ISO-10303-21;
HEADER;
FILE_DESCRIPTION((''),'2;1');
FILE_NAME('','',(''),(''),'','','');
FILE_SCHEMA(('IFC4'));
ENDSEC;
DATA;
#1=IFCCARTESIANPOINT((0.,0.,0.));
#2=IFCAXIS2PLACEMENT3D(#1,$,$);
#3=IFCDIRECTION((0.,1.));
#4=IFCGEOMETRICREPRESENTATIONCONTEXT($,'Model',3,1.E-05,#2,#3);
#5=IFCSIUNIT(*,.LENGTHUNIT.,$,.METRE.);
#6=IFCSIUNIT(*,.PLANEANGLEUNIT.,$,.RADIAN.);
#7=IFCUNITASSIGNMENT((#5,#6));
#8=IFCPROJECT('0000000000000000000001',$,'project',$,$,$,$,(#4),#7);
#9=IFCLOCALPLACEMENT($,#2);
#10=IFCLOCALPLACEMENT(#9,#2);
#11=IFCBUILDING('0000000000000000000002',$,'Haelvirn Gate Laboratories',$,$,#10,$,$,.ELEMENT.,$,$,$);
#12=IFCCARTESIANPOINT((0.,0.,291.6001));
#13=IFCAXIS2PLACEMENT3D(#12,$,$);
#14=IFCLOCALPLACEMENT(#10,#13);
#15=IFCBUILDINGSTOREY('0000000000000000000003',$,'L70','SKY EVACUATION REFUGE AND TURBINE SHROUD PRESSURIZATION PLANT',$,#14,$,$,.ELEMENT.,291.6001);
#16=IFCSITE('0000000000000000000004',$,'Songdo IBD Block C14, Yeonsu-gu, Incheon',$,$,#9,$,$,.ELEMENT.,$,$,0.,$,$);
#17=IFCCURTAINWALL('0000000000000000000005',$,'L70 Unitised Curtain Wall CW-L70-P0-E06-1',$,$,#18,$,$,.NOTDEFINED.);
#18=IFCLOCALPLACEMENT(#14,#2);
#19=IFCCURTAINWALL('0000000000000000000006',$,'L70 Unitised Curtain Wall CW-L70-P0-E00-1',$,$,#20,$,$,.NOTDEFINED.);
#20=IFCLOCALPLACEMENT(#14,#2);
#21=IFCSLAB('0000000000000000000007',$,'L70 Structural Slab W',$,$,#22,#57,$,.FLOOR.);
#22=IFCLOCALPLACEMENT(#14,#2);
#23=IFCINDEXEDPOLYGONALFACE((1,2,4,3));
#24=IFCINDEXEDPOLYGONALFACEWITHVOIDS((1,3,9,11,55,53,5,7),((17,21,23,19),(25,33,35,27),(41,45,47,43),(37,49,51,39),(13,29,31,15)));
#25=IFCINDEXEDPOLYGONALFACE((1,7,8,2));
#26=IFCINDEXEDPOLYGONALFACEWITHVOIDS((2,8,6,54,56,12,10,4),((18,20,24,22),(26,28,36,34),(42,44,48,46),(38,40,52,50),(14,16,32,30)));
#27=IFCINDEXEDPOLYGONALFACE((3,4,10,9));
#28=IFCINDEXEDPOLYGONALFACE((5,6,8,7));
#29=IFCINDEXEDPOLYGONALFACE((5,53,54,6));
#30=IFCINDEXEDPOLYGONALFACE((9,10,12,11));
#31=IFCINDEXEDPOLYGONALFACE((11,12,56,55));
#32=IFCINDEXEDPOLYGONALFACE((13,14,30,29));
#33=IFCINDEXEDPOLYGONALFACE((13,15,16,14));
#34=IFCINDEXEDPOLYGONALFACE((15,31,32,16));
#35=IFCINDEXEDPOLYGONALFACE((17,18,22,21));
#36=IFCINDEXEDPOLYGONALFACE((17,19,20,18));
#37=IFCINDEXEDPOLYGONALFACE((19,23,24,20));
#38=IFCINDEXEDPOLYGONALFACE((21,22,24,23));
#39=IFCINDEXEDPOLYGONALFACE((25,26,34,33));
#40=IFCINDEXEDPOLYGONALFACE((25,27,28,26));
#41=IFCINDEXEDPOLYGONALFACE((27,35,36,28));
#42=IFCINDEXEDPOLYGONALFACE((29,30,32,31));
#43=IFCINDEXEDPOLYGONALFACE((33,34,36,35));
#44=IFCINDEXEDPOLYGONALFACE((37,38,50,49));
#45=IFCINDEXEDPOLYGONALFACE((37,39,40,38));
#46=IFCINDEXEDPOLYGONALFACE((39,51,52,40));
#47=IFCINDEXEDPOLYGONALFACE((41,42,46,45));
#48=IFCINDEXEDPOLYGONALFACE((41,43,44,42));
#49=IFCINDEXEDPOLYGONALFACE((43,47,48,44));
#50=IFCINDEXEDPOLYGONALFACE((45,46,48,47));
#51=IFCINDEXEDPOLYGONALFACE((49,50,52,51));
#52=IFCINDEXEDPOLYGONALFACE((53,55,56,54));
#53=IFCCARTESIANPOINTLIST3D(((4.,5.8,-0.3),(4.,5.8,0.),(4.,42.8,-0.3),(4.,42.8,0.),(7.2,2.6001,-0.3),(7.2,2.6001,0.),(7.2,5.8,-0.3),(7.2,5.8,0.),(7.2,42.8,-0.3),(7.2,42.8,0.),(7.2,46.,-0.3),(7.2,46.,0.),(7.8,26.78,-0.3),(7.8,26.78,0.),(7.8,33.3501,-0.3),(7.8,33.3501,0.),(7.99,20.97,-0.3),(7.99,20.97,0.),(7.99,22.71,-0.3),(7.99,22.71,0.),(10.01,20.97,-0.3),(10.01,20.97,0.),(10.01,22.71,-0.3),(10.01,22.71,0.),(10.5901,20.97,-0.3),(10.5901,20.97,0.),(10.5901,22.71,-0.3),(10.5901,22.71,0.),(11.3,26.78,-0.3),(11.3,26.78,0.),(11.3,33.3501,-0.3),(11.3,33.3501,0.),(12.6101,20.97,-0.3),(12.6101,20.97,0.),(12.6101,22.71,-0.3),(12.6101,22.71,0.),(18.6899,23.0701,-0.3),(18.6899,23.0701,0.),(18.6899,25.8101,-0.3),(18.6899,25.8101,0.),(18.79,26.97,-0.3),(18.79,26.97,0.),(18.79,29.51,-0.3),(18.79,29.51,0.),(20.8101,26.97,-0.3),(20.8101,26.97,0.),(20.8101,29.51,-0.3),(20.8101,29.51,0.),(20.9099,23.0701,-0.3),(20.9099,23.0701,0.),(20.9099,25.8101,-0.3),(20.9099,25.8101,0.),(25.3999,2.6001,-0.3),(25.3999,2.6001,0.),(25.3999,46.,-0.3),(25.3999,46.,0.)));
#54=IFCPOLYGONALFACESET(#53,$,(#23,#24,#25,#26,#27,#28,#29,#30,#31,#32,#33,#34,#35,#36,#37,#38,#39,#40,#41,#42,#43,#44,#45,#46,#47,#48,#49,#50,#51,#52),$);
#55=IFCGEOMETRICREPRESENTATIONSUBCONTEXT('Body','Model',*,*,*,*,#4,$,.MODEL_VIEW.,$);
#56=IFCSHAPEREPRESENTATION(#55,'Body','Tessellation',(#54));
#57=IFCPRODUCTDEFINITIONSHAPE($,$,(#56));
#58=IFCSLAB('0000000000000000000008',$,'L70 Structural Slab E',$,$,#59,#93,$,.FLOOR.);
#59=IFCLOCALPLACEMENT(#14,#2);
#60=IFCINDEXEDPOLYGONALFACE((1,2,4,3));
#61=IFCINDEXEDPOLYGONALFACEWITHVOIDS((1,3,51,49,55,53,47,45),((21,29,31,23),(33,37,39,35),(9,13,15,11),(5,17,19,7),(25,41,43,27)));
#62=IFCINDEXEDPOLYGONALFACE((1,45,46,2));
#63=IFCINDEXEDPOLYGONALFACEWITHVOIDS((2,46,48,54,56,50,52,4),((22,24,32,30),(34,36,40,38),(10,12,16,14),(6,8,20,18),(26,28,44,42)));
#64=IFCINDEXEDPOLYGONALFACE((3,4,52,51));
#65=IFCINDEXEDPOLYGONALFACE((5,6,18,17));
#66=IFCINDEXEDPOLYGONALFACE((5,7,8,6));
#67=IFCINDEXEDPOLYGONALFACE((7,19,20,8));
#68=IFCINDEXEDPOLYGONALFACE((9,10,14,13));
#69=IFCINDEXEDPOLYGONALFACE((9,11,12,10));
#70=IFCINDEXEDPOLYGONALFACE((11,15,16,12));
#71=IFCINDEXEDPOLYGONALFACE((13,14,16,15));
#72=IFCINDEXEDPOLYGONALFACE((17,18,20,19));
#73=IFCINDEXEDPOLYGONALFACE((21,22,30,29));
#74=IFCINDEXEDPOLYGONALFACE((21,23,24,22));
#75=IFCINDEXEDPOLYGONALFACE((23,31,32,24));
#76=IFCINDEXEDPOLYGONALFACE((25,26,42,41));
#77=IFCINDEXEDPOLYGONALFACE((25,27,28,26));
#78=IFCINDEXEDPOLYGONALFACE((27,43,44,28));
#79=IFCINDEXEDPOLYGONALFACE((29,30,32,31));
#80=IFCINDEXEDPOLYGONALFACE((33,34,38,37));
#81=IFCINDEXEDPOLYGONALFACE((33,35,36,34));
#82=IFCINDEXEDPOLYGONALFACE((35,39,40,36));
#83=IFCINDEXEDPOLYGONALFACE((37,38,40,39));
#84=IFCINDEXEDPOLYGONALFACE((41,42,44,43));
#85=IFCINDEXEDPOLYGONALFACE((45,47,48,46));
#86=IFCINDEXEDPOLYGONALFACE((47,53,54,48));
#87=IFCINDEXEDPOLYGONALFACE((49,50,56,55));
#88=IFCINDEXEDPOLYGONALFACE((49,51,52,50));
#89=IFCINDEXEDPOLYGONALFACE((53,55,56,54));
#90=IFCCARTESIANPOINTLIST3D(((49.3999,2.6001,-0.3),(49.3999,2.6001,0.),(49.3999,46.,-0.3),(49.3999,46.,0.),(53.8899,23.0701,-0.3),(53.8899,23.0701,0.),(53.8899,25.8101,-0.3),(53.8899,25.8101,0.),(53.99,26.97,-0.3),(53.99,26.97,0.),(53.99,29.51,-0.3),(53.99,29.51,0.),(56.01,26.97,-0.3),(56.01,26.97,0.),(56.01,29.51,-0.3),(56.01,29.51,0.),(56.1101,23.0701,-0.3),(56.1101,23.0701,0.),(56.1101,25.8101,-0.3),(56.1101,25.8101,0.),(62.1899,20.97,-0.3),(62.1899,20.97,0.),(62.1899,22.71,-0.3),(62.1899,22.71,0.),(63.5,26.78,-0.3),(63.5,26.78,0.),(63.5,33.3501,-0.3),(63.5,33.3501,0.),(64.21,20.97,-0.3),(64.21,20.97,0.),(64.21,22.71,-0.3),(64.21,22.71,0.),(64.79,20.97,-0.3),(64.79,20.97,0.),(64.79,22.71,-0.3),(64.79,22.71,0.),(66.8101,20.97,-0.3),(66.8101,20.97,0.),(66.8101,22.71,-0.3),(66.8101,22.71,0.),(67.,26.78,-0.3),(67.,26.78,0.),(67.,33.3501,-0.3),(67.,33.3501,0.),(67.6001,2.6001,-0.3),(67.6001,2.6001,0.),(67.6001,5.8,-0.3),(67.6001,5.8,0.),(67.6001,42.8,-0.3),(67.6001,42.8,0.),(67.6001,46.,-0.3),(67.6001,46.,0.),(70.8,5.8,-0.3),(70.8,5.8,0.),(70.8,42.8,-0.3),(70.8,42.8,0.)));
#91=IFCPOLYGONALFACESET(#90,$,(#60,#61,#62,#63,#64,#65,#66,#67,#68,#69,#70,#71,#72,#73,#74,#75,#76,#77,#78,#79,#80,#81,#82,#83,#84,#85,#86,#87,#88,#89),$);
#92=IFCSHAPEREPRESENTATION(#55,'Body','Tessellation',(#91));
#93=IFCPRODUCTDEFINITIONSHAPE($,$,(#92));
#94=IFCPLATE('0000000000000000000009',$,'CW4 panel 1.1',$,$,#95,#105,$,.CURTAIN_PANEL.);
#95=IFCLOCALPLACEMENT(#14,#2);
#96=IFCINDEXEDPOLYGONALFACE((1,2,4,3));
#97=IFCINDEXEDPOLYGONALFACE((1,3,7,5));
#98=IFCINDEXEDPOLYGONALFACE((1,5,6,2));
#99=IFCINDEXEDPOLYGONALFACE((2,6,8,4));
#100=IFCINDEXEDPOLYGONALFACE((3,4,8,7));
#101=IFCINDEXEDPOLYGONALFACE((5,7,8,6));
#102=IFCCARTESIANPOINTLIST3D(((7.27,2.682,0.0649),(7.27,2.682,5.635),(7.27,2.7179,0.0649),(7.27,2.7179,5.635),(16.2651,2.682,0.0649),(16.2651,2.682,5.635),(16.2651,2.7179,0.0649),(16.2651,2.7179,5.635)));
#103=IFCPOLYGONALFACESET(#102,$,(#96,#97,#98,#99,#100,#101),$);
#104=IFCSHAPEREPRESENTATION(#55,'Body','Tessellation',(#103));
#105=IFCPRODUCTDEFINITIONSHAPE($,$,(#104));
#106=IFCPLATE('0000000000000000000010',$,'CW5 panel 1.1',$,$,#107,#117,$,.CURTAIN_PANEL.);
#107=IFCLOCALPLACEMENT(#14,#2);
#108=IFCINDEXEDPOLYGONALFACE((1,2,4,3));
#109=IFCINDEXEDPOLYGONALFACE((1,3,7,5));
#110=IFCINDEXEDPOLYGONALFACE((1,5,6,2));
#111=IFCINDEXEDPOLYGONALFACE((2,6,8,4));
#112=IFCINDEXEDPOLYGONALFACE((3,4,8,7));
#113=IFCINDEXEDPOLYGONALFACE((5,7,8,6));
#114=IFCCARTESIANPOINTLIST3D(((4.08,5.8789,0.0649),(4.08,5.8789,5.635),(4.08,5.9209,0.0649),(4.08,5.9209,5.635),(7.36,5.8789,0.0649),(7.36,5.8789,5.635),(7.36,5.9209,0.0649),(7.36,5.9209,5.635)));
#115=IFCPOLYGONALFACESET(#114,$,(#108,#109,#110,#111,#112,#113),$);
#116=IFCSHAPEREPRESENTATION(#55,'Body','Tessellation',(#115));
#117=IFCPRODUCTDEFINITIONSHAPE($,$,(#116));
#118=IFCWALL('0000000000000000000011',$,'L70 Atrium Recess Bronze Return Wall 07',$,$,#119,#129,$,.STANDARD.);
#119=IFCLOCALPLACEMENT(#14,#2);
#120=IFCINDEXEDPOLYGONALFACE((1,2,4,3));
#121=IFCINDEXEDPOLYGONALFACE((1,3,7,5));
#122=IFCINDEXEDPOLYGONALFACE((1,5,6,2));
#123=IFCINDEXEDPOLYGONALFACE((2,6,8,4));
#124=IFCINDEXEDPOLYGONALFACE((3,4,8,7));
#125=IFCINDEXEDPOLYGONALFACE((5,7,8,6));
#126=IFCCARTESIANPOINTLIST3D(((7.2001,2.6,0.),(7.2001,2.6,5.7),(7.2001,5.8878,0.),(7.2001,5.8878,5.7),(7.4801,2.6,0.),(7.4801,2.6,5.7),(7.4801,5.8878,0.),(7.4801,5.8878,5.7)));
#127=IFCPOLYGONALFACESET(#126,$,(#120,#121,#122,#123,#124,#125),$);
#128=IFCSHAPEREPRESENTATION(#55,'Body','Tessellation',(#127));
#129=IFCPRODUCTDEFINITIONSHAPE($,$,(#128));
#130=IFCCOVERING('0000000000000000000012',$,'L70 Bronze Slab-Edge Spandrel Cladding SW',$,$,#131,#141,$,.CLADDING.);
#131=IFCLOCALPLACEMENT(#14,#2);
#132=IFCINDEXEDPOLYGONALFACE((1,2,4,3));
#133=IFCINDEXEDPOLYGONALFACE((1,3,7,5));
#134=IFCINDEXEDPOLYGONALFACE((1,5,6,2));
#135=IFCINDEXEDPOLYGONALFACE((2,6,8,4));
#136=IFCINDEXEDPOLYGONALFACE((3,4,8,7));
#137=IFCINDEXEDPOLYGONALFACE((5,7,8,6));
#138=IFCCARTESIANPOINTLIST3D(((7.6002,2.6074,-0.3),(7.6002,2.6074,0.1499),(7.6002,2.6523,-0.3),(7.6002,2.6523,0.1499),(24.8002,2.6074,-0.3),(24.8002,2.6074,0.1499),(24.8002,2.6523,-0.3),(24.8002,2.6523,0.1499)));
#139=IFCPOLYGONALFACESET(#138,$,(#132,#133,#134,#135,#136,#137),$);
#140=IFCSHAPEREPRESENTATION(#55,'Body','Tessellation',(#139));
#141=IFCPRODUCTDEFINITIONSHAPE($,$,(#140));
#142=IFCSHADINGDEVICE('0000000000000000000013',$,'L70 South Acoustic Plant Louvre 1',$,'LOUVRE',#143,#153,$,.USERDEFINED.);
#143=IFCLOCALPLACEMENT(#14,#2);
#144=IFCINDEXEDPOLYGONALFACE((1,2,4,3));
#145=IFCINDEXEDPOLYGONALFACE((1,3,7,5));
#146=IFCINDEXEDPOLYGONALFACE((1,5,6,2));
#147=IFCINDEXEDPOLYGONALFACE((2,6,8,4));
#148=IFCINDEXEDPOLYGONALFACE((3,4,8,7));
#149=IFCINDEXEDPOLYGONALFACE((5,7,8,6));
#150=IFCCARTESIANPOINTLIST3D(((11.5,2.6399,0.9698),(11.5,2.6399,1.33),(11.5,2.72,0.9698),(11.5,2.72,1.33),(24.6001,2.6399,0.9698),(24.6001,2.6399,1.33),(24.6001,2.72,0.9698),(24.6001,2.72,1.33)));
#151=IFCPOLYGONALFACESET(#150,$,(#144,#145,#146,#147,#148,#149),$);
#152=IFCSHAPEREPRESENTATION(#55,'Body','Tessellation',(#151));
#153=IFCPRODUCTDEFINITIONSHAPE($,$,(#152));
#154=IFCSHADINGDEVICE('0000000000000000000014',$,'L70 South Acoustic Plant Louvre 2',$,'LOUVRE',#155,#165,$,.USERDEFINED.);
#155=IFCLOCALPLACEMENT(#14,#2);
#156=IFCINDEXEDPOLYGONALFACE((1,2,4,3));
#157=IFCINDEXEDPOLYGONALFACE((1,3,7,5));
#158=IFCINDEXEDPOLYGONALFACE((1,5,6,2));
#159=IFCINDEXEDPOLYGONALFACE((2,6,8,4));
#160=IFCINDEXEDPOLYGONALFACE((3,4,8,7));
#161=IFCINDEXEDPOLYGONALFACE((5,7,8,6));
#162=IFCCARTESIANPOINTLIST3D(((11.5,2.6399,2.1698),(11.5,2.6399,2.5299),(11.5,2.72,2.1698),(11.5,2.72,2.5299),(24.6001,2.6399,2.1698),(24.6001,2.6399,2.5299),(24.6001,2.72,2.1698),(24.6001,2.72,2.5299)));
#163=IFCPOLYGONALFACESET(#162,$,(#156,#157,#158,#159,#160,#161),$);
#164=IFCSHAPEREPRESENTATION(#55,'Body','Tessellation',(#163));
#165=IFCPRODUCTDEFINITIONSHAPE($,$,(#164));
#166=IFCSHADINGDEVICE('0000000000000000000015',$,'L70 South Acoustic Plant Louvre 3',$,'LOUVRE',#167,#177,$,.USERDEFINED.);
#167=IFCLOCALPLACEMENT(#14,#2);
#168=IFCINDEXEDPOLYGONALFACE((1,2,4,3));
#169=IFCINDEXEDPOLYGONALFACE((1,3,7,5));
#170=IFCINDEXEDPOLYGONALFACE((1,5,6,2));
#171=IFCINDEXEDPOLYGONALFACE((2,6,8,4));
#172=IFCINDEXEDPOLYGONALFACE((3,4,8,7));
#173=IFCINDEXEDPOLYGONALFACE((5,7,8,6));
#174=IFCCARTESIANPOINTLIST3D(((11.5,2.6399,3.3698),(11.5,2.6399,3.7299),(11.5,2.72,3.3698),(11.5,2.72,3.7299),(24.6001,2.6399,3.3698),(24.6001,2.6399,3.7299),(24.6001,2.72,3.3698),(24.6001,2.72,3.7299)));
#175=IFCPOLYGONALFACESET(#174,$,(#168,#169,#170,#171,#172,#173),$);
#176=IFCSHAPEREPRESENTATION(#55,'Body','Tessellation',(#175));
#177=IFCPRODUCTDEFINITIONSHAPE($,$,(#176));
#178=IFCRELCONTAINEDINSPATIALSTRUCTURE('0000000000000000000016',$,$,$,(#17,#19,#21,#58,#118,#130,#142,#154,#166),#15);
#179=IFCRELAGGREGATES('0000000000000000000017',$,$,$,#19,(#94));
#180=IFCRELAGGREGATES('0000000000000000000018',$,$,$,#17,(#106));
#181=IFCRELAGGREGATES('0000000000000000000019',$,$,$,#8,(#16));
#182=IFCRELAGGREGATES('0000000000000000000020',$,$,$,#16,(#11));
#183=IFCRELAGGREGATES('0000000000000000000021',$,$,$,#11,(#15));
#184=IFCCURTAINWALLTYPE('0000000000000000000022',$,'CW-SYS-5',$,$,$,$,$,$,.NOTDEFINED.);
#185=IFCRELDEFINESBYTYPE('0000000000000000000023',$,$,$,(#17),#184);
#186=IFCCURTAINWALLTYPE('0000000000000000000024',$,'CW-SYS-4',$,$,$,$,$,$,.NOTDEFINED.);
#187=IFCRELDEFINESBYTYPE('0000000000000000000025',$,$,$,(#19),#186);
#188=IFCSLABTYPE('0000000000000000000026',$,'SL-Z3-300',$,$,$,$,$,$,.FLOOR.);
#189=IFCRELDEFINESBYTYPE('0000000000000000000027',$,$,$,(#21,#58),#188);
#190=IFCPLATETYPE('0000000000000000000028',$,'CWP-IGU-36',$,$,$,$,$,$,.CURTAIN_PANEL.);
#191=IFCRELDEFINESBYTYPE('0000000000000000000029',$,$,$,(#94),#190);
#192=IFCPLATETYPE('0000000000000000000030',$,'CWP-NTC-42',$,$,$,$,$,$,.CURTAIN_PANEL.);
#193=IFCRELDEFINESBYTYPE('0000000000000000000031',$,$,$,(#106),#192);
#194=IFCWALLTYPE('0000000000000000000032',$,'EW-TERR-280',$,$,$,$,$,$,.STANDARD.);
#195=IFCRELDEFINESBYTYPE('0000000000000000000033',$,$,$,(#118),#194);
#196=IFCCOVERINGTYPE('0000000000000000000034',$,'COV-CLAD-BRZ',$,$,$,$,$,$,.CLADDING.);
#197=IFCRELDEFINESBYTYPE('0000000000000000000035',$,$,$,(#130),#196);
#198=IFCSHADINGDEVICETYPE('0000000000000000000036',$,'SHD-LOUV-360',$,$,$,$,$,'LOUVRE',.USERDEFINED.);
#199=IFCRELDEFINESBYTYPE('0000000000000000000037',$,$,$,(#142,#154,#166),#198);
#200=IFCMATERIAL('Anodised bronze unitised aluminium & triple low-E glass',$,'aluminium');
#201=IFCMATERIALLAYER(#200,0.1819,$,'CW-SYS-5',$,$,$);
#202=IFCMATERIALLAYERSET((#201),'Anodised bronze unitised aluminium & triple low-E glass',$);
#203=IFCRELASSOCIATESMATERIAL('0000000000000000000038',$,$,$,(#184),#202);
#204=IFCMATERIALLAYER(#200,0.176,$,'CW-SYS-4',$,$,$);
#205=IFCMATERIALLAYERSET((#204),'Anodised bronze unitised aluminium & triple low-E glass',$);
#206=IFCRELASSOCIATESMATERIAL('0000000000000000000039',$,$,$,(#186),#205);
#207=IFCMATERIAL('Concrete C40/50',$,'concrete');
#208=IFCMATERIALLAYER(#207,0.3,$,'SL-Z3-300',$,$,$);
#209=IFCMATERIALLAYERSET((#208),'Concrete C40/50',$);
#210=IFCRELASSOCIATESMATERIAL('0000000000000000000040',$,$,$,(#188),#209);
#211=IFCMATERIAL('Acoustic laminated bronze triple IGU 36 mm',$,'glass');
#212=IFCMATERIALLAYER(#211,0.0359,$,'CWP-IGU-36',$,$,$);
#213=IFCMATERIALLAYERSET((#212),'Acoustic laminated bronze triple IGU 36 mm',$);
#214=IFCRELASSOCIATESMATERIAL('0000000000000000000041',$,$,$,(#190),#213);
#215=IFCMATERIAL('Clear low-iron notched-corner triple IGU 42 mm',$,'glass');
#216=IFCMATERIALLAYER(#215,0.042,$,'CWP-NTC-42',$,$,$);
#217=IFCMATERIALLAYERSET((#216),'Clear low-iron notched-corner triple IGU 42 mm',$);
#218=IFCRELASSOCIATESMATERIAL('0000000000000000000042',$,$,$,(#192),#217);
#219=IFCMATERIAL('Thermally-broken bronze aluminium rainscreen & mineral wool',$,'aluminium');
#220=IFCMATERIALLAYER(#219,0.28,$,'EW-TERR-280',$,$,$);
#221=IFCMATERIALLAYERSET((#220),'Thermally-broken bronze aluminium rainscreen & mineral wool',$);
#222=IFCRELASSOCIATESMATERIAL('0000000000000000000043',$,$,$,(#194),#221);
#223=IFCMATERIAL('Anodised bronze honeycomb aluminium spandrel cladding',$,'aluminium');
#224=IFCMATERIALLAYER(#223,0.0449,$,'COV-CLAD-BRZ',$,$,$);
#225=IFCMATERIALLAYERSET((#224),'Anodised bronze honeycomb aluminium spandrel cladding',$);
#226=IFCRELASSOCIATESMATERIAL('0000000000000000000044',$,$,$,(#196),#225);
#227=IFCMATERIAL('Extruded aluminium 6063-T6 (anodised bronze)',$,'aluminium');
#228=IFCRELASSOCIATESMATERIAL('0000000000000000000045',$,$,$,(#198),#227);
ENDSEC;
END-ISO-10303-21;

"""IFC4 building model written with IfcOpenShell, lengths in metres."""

from ifc_helpers import new_model, si_unit, direction, frame, frame_2d, origin, origin_2d, place, context, subcontext, project, spatial, polyline, rectangle, outline, extrude, source, transform, mapped, material, layer, layer_set, material_profile, profile_set, type_object, type_shapes, element, aggregate, save


model = new_model("IFC4")

# Units and contexts
model_context = context("Model", 3, precision=1e-05, world=origin(), true_north=direction((0.0, 1.0)))
body_context = subcontext(model_context, "Body", "Model", "MODEL_VIEW")
ifc_project = project(units=[si_unit("LENGTHUNIT", "METRE"), si_unit("PLANEANGLEUNIT", "RADIAN")], contexts=[model_context])

# Site, building, storey
site_placement = place(None, origin())
site = spatial("IfcSite", under=ifc_project, at=site_placement, Name="Songdo IBD Block C14, Yeonsu-gu, Incheon", CompositionType="ELEMENT", RefElevation=0.0)
building_placement = place(site_placement, origin())
building = spatial("IfcBuilding", under=site, at=building_placement, Name="Haelvirn Gate Laboratories", CompositionType="ELEMENT")
storey_placement = place(building_placement, frame((0.0, 0.0, 291.6001)))
storey = spatial("IfcBuildingStorey", under=building, at=storey_placement, Name="L70", Description="SKY EVACUATION REFUGE AND TURBINE SHROUD PRESSURIZATION PLANT", CompositionType="ELEMENT", Elevation=291.6001)

# Curtain walls
ifc_material_1 = material(Name="Anodised bronze unitised aluminium & triple low-E glass", Category="aluminium")
ifc_layer_1 = layer(ifc_material_1, 0.1819, Name="CW-SYS-5")
ifc_layer_set_1 = layer_set([ifc_layer_1], Name="Anodised bronze unitised aluminium & triple low-E glass")
curtain_wall_type_1 = type_object("IfcCurtainWallType", Name="CW-SYS-5", PredefinedType="NOTDEFINED", material=ifc_layer_set_1)
curtain_wall_1_placement = place(storey_placement, origin())
curtain_wall_1 = element("IfcCurtainWall", 1, at=curtain_wall_1_placement, inside=storey, type_object=curtain_wall_type_1, Name="L70 Unitised Curtain Wall CW-L70-P0-E06-1", PredefinedType="NOTDEFINED")
ifc_material_2 = material(Name="Extruded aluminium 6063-T6 (anodised bronze)", Category="aluminium")
ifc_layer_2 = layer(ifc_material_1, 0.176, Name="CW-SYS-4")
ifc_layer_set_2 = layer_set([ifc_layer_2], Name="Anodised bronze unitised aluminium & triple low-E glass")
curtain_wall_type_2 = type_object("IfcCurtainWallType", Name="CW-SYS-4", PredefinedType="NOTDEFINED", material=ifc_layer_set_2)
curtain_wall_2_placement = place(storey_placement, origin())
curtain_wall_2 = element("IfcCurtainWall", 2, at=curtain_wall_2_placement, inside=storey, type_object=curtain_wall_type_2, Name="L70 Unitised Curtain Wall CW-L70-P0-E00-1", PredefinedType="NOTDEFINED")

# Shared definitions
ifc_material_3 = material(Name="Concrete C40/50", Category="concrete")

# Slabs
ifc_layer_3 = layer(ifc_material_3, 0.3, Name="SL-Z3-300")
ifc_layer_set_3 = layer_set([ifc_layer_3], Name="Concrete C40/50")
slab_type_1 = type_object("IfcSlabType", Name="SL-Z3-300", PredefinedType="FLOOR", material=ifc_layer_set_3)
slab_1_placement = place(storey_placement, frame((0.0, 0.0, -0.3)))
element("IfcSlab", 3, at=slab_1_placement, inside=storey, type_object=slab_type_1, Name="L70 Structural Slab W", PredefinedType="FLOOR", context=body_context, shape_type="SweptSolid", body=[
    extrude(outline(polyline([(7.2, 2.6001), (25.3999, 2.6001), (25.3999, 46.0), (7.2, 46.0), (7.2, 42.8), (4.0, 42.8), (4.0, 5.8), (7.2, 5.8), (7.2, 2.6001)]), holes=[polyline([(11.3, 26.78), (11.3, 33.3501), (7.8, 33.3501), (7.8, 26.78), (11.3, 26.78)]), polyline([(7.99, 20.97), (10.01, 20.97), (10.01, 22.71), (7.99, 22.71), (7.99, 20.97)]), polyline([(10.5901, 20.97), (12.6101, 20.97), (12.6101, 22.71), (10.5901, 22.71), (10.5901, 20.97)]), polyline([(18.79, 26.97), (20.8101, 26.97), (20.8101, 29.51), (18.79, 29.51), (18.79, 26.97)]), polyline([(18.6899, 23.0701), (20.9099, 23.0701), (20.9099, 25.8101), (18.6899, 25.8101), (18.6899, 23.0701)])]), origin(), (0.0, 0.0, 1.0), 0.3),
])
slab_2_placement = place(storey_placement, frame((0.0, 0.0, -0.3)))
element("IfcSlab", 4, at=slab_2_placement, inside=storey, type_object=slab_type_1, Name="L70 Structural Slab E", PredefinedType="FLOOR", context=body_context, shape_type="SweptSolid", body=[
    extrude(outline(polyline([(49.3999, 2.6001), (67.6001, 2.6001), (67.6001, 5.8), (70.8, 5.8), (70.8, 42.8), (67.6001, 42.8), (67.6001, 46.0), (49.3999, 46.0), (49.3999, 2.6001)]), holes=[polyline([(67.0, 26.78), (67.0, 33.3501), (63.5, 33.3501), (63.5, 26.78), (67.0, 26.78)]), polyline([(64.79, 20.97), (66.8101, 20.97), (66.8101, 22.71), (64.79, 22.71), (64.79, 20.97)]), polyline([(62.1899, 20.97), (64.21, 20.97), (64.21, 22.71), (62.1899, 22.71), (62.1899, 20.97)]), polyline([(53.99, 26.97), (56.01, 26.97), (56.01, 29.51), (53.99, 29.51), (53.99, 26.97)]), polyline([(53.8899, 23.0701), (56.1101, 23.0701), (56.1101, 25.8101), (53.8899, 25.8101), (53.8899, 23.0701)])]), origin(), (0.0, 0.0, 1.0), 0.3),
])

# Plates
ifc_material_4 = material(Name="Acoustic laminated bronze triple IGU 36 mm", Category="glass")
ifc_layer_4 = layer(ifc_material_4, 0.0359, Name="CWP-IGU-36")
ifc_layer_set_4 = layer_set([ifc_layer_4], Name="Acoustic laminated bronze triple IGU 36 mm")
plate_type_1 = type_object("IfcPlateType", Name="CWP-IGU-36", PredefinedType="CURTAIN_PANEL", material=ifc_layer_set_4)
shared_shape_1 = source(origin(), body_context, "Body", "SweptSolid", [
    extrude(rectangle(XDim=8.9951, YDim=0.0359, at=origin_2d()), origin(), (0.0, 0.0, 1.0), 5.5701),
])
type_shapes(plate_type_1, [shared_shape_1])
plate_1_placement = place(storey_placement, frame((11.7676, 2.7, 0.0649), z_axis=(0.0, 0.0, 1.0), x_axis=(1.0, 0.0, 0.0)))
plate_1 = element("IfcPlate", 5, at=plate_1_placement, type_object=plate_type_1, Name="CW4 panel 1.1", PredefinedType="CURTAIN_PANEL", context=body_context, shape_type="MappedRepresentation", body=[
    mapped(shared_shape_1, transform((0.0, 0.0, 0.0), scale=1.0)),
])
aggregate(curtain_wall_2, [plate_1])
ifc_material_5 = material(Name="Clear low-iron notched-corner triple IGU 42 mm", Category="glass")
ifc_layer_5 = layer(ifc_material_5, 0.042, Name="CWP-NTC-42")
ifc_layer_set_5 = layer_set([ifc_layer_5], Name="Clear low-iron notched-corner triple IGU 42 mm")
plate_type_2 = type_object("IfcPlateType", Name="CWP-NTC-42", PredefinedType="CURTAIN_PANEL", material=ifc_layer_set_5)
shared_shape_2 = source(origin(), body_context, "Body", "SweptSolid", [
    extrude(rectangle(XDim=3.28, YDim=0.042, at=origin_2d()), origin(), (0.0, 0.0, 1.0), 5.5701),
])
type_shapes(plate_type_2, [shared_shape_2])
plate_2_placement = place(storey_placement, frame((5.72, 5.8999, 0.0649), z_axis=(0.0, 0.0, 1.0), x_axis=(1.0, 0.0, 0.0)))
plate_2 = element("IfcPlate", 6, at=plate_2_placement, type_object=plate_type_2, Name="CW5 panel 1.1", PredefinedType="CURTAIN_PANEL", context=body_context, shape_type="MappedRepresentation", body=[
    mapped(shared_shape_2, transform((0.0, 0.0, 0.0), scale=1.0)),
])
aggregate(curtain_wall_1, [plate_2])

# Wall
ifc_material_6 = material(Name="Thermally-broken bronze aluminium rainscreen & mineral wool", Category="aluminium")
ifc_layer_6 = layer(ifc_material_6, 0.28, Name="EW-TERR-280")
ifc_layer_set_6 = layer_set([ifc_layer_6], Name="Thermally-broken bronze aluminium rainscreen & mineral wool")
wall_type = type_object("IfcWallType", Name="EW-TERR-280", PredefinedType="STANDARD", material=ifc_layer_set_6)
wall_placement = place(storey_placement, frame((7.3401, 5.8879, 0.0), z_axis=(0.0, 0.0, 1.0), x_axis=(0.0, -1.0, 0.0)))
element("IfcWall", 7, at=wall_placement, inside=storey, type_object=wall_type, Name="L70 Atrium Recess Bronze Return Wall 07", PredefinedType="STANDARD", context=body_context, shape_type="SweptSolid", body=[
    extrude(rectangle(XDim=3.2878, YDim=0.28, at=frame_2d((1.644, 0.0))), origin(), (0.0, 0.0, 1.0), 5.7),
])

# Covering
ifc_material_7 = material(Name="Anodised bronze honeycomb aluminium spandrel cladding", Category="aluminium")
ifc_layer_7 = layer(ifc_material_7, 0.0449, Name="COV-CLAD-BRZ")
ifc_layer_set_7 = layer_set([ifc_layer_7], Name="Anodised bronze honeycomb aluminium spandrel cladding")
covering_type = type_object("IfcCoveringType", Name="COV-CLAD-BRZ", PredefinedType="CLADDING", material=ifc_layer_set_7)
covering_placement = place(storey_placement, frame((7.6001, 2.6299, -0.3), z_axis=(0.0, 0.0, 1.0), x_axis=(1.0, 0.0, 0.0)))
element("IfcCovering", 8, at=covering_placement, inside=storey, type_object=covering_type, Name="L70 Bronze Slab-Edge Spandrel Cladding SW", PredefinedType="CLADDING", context=body_context, shape_type="SweptSolid", body=[
    extrude(rectangle(XDim=17.2, YDim=0.0449, at=frame_2d((8.6001, 0.0))), origin(), (0.0, 0.0, 1.0), 0.45),
])

# Shading devices
ifc_material_profile_1 = material_profile(ifc_material_2, rectangle(XDim=0.0801, YDim=0.3601, at=origin_2d()), Name="LOUV-360x80")
ifc_profile_set_1 = profile_set([ifc_material_profile_1], Name="Extruded aluminium 6063-T6 (anodised bronze)")
shading_device_type = type_object("IfcShadingDeviceType", Name="SHD-LOUV-360", ElementType="LOUVRE", PredefinedType="USERDEFINED", material=ifc_profile_set_1)
shared_shape_3 = source(origin(), body_context, "Body", "SweptSolid", [
    extrude(rectangle(XDim=0.0801, YDim=0.3601, at=origin_2d()), origin(), (0.0, 0.0, 1.0), 13.1001),
])
type_shapes(shading_device_type, [shared_shape_3])
for number, where, z_axis, x_axis, name in (
    (9, (11.5, 2.6799, 1.1499), (1.0, 0.0, 0.0), (0.0, 1.0, 0.0), "L70 South Acoustic Plant Louvre 1"),
    (10, (11.5, 2.6799, 2.3499), (1.0, 0.0, 0.0), (0.0, 1.0, 0.0), "L70 South Acoustic Plant Louvre 2"),
    (11, (11.5, 2.6799, 3.5498), (1.0, 0.0, 0.0), (0.0, 1.0, 0.0), "L70 South Acoustic Plant Louvre 3"),
):
    element("IfcShadingDevice", number, at=place(storey_placement, frame(where, z_axis=z_axis, x_axis=x_axis)), inside=storey, type_object=shading_device_type, Name=name, ObjectType="LOUVRE", PredefinedType="USERDEFINED", context=body_context, shape_type="MappedRepresentation", body=[
        mapped(shared_shape_3, transform((0.0, 0.0, 0.0), scale=1.0)),
    ])

save(model, "model.ifc")
